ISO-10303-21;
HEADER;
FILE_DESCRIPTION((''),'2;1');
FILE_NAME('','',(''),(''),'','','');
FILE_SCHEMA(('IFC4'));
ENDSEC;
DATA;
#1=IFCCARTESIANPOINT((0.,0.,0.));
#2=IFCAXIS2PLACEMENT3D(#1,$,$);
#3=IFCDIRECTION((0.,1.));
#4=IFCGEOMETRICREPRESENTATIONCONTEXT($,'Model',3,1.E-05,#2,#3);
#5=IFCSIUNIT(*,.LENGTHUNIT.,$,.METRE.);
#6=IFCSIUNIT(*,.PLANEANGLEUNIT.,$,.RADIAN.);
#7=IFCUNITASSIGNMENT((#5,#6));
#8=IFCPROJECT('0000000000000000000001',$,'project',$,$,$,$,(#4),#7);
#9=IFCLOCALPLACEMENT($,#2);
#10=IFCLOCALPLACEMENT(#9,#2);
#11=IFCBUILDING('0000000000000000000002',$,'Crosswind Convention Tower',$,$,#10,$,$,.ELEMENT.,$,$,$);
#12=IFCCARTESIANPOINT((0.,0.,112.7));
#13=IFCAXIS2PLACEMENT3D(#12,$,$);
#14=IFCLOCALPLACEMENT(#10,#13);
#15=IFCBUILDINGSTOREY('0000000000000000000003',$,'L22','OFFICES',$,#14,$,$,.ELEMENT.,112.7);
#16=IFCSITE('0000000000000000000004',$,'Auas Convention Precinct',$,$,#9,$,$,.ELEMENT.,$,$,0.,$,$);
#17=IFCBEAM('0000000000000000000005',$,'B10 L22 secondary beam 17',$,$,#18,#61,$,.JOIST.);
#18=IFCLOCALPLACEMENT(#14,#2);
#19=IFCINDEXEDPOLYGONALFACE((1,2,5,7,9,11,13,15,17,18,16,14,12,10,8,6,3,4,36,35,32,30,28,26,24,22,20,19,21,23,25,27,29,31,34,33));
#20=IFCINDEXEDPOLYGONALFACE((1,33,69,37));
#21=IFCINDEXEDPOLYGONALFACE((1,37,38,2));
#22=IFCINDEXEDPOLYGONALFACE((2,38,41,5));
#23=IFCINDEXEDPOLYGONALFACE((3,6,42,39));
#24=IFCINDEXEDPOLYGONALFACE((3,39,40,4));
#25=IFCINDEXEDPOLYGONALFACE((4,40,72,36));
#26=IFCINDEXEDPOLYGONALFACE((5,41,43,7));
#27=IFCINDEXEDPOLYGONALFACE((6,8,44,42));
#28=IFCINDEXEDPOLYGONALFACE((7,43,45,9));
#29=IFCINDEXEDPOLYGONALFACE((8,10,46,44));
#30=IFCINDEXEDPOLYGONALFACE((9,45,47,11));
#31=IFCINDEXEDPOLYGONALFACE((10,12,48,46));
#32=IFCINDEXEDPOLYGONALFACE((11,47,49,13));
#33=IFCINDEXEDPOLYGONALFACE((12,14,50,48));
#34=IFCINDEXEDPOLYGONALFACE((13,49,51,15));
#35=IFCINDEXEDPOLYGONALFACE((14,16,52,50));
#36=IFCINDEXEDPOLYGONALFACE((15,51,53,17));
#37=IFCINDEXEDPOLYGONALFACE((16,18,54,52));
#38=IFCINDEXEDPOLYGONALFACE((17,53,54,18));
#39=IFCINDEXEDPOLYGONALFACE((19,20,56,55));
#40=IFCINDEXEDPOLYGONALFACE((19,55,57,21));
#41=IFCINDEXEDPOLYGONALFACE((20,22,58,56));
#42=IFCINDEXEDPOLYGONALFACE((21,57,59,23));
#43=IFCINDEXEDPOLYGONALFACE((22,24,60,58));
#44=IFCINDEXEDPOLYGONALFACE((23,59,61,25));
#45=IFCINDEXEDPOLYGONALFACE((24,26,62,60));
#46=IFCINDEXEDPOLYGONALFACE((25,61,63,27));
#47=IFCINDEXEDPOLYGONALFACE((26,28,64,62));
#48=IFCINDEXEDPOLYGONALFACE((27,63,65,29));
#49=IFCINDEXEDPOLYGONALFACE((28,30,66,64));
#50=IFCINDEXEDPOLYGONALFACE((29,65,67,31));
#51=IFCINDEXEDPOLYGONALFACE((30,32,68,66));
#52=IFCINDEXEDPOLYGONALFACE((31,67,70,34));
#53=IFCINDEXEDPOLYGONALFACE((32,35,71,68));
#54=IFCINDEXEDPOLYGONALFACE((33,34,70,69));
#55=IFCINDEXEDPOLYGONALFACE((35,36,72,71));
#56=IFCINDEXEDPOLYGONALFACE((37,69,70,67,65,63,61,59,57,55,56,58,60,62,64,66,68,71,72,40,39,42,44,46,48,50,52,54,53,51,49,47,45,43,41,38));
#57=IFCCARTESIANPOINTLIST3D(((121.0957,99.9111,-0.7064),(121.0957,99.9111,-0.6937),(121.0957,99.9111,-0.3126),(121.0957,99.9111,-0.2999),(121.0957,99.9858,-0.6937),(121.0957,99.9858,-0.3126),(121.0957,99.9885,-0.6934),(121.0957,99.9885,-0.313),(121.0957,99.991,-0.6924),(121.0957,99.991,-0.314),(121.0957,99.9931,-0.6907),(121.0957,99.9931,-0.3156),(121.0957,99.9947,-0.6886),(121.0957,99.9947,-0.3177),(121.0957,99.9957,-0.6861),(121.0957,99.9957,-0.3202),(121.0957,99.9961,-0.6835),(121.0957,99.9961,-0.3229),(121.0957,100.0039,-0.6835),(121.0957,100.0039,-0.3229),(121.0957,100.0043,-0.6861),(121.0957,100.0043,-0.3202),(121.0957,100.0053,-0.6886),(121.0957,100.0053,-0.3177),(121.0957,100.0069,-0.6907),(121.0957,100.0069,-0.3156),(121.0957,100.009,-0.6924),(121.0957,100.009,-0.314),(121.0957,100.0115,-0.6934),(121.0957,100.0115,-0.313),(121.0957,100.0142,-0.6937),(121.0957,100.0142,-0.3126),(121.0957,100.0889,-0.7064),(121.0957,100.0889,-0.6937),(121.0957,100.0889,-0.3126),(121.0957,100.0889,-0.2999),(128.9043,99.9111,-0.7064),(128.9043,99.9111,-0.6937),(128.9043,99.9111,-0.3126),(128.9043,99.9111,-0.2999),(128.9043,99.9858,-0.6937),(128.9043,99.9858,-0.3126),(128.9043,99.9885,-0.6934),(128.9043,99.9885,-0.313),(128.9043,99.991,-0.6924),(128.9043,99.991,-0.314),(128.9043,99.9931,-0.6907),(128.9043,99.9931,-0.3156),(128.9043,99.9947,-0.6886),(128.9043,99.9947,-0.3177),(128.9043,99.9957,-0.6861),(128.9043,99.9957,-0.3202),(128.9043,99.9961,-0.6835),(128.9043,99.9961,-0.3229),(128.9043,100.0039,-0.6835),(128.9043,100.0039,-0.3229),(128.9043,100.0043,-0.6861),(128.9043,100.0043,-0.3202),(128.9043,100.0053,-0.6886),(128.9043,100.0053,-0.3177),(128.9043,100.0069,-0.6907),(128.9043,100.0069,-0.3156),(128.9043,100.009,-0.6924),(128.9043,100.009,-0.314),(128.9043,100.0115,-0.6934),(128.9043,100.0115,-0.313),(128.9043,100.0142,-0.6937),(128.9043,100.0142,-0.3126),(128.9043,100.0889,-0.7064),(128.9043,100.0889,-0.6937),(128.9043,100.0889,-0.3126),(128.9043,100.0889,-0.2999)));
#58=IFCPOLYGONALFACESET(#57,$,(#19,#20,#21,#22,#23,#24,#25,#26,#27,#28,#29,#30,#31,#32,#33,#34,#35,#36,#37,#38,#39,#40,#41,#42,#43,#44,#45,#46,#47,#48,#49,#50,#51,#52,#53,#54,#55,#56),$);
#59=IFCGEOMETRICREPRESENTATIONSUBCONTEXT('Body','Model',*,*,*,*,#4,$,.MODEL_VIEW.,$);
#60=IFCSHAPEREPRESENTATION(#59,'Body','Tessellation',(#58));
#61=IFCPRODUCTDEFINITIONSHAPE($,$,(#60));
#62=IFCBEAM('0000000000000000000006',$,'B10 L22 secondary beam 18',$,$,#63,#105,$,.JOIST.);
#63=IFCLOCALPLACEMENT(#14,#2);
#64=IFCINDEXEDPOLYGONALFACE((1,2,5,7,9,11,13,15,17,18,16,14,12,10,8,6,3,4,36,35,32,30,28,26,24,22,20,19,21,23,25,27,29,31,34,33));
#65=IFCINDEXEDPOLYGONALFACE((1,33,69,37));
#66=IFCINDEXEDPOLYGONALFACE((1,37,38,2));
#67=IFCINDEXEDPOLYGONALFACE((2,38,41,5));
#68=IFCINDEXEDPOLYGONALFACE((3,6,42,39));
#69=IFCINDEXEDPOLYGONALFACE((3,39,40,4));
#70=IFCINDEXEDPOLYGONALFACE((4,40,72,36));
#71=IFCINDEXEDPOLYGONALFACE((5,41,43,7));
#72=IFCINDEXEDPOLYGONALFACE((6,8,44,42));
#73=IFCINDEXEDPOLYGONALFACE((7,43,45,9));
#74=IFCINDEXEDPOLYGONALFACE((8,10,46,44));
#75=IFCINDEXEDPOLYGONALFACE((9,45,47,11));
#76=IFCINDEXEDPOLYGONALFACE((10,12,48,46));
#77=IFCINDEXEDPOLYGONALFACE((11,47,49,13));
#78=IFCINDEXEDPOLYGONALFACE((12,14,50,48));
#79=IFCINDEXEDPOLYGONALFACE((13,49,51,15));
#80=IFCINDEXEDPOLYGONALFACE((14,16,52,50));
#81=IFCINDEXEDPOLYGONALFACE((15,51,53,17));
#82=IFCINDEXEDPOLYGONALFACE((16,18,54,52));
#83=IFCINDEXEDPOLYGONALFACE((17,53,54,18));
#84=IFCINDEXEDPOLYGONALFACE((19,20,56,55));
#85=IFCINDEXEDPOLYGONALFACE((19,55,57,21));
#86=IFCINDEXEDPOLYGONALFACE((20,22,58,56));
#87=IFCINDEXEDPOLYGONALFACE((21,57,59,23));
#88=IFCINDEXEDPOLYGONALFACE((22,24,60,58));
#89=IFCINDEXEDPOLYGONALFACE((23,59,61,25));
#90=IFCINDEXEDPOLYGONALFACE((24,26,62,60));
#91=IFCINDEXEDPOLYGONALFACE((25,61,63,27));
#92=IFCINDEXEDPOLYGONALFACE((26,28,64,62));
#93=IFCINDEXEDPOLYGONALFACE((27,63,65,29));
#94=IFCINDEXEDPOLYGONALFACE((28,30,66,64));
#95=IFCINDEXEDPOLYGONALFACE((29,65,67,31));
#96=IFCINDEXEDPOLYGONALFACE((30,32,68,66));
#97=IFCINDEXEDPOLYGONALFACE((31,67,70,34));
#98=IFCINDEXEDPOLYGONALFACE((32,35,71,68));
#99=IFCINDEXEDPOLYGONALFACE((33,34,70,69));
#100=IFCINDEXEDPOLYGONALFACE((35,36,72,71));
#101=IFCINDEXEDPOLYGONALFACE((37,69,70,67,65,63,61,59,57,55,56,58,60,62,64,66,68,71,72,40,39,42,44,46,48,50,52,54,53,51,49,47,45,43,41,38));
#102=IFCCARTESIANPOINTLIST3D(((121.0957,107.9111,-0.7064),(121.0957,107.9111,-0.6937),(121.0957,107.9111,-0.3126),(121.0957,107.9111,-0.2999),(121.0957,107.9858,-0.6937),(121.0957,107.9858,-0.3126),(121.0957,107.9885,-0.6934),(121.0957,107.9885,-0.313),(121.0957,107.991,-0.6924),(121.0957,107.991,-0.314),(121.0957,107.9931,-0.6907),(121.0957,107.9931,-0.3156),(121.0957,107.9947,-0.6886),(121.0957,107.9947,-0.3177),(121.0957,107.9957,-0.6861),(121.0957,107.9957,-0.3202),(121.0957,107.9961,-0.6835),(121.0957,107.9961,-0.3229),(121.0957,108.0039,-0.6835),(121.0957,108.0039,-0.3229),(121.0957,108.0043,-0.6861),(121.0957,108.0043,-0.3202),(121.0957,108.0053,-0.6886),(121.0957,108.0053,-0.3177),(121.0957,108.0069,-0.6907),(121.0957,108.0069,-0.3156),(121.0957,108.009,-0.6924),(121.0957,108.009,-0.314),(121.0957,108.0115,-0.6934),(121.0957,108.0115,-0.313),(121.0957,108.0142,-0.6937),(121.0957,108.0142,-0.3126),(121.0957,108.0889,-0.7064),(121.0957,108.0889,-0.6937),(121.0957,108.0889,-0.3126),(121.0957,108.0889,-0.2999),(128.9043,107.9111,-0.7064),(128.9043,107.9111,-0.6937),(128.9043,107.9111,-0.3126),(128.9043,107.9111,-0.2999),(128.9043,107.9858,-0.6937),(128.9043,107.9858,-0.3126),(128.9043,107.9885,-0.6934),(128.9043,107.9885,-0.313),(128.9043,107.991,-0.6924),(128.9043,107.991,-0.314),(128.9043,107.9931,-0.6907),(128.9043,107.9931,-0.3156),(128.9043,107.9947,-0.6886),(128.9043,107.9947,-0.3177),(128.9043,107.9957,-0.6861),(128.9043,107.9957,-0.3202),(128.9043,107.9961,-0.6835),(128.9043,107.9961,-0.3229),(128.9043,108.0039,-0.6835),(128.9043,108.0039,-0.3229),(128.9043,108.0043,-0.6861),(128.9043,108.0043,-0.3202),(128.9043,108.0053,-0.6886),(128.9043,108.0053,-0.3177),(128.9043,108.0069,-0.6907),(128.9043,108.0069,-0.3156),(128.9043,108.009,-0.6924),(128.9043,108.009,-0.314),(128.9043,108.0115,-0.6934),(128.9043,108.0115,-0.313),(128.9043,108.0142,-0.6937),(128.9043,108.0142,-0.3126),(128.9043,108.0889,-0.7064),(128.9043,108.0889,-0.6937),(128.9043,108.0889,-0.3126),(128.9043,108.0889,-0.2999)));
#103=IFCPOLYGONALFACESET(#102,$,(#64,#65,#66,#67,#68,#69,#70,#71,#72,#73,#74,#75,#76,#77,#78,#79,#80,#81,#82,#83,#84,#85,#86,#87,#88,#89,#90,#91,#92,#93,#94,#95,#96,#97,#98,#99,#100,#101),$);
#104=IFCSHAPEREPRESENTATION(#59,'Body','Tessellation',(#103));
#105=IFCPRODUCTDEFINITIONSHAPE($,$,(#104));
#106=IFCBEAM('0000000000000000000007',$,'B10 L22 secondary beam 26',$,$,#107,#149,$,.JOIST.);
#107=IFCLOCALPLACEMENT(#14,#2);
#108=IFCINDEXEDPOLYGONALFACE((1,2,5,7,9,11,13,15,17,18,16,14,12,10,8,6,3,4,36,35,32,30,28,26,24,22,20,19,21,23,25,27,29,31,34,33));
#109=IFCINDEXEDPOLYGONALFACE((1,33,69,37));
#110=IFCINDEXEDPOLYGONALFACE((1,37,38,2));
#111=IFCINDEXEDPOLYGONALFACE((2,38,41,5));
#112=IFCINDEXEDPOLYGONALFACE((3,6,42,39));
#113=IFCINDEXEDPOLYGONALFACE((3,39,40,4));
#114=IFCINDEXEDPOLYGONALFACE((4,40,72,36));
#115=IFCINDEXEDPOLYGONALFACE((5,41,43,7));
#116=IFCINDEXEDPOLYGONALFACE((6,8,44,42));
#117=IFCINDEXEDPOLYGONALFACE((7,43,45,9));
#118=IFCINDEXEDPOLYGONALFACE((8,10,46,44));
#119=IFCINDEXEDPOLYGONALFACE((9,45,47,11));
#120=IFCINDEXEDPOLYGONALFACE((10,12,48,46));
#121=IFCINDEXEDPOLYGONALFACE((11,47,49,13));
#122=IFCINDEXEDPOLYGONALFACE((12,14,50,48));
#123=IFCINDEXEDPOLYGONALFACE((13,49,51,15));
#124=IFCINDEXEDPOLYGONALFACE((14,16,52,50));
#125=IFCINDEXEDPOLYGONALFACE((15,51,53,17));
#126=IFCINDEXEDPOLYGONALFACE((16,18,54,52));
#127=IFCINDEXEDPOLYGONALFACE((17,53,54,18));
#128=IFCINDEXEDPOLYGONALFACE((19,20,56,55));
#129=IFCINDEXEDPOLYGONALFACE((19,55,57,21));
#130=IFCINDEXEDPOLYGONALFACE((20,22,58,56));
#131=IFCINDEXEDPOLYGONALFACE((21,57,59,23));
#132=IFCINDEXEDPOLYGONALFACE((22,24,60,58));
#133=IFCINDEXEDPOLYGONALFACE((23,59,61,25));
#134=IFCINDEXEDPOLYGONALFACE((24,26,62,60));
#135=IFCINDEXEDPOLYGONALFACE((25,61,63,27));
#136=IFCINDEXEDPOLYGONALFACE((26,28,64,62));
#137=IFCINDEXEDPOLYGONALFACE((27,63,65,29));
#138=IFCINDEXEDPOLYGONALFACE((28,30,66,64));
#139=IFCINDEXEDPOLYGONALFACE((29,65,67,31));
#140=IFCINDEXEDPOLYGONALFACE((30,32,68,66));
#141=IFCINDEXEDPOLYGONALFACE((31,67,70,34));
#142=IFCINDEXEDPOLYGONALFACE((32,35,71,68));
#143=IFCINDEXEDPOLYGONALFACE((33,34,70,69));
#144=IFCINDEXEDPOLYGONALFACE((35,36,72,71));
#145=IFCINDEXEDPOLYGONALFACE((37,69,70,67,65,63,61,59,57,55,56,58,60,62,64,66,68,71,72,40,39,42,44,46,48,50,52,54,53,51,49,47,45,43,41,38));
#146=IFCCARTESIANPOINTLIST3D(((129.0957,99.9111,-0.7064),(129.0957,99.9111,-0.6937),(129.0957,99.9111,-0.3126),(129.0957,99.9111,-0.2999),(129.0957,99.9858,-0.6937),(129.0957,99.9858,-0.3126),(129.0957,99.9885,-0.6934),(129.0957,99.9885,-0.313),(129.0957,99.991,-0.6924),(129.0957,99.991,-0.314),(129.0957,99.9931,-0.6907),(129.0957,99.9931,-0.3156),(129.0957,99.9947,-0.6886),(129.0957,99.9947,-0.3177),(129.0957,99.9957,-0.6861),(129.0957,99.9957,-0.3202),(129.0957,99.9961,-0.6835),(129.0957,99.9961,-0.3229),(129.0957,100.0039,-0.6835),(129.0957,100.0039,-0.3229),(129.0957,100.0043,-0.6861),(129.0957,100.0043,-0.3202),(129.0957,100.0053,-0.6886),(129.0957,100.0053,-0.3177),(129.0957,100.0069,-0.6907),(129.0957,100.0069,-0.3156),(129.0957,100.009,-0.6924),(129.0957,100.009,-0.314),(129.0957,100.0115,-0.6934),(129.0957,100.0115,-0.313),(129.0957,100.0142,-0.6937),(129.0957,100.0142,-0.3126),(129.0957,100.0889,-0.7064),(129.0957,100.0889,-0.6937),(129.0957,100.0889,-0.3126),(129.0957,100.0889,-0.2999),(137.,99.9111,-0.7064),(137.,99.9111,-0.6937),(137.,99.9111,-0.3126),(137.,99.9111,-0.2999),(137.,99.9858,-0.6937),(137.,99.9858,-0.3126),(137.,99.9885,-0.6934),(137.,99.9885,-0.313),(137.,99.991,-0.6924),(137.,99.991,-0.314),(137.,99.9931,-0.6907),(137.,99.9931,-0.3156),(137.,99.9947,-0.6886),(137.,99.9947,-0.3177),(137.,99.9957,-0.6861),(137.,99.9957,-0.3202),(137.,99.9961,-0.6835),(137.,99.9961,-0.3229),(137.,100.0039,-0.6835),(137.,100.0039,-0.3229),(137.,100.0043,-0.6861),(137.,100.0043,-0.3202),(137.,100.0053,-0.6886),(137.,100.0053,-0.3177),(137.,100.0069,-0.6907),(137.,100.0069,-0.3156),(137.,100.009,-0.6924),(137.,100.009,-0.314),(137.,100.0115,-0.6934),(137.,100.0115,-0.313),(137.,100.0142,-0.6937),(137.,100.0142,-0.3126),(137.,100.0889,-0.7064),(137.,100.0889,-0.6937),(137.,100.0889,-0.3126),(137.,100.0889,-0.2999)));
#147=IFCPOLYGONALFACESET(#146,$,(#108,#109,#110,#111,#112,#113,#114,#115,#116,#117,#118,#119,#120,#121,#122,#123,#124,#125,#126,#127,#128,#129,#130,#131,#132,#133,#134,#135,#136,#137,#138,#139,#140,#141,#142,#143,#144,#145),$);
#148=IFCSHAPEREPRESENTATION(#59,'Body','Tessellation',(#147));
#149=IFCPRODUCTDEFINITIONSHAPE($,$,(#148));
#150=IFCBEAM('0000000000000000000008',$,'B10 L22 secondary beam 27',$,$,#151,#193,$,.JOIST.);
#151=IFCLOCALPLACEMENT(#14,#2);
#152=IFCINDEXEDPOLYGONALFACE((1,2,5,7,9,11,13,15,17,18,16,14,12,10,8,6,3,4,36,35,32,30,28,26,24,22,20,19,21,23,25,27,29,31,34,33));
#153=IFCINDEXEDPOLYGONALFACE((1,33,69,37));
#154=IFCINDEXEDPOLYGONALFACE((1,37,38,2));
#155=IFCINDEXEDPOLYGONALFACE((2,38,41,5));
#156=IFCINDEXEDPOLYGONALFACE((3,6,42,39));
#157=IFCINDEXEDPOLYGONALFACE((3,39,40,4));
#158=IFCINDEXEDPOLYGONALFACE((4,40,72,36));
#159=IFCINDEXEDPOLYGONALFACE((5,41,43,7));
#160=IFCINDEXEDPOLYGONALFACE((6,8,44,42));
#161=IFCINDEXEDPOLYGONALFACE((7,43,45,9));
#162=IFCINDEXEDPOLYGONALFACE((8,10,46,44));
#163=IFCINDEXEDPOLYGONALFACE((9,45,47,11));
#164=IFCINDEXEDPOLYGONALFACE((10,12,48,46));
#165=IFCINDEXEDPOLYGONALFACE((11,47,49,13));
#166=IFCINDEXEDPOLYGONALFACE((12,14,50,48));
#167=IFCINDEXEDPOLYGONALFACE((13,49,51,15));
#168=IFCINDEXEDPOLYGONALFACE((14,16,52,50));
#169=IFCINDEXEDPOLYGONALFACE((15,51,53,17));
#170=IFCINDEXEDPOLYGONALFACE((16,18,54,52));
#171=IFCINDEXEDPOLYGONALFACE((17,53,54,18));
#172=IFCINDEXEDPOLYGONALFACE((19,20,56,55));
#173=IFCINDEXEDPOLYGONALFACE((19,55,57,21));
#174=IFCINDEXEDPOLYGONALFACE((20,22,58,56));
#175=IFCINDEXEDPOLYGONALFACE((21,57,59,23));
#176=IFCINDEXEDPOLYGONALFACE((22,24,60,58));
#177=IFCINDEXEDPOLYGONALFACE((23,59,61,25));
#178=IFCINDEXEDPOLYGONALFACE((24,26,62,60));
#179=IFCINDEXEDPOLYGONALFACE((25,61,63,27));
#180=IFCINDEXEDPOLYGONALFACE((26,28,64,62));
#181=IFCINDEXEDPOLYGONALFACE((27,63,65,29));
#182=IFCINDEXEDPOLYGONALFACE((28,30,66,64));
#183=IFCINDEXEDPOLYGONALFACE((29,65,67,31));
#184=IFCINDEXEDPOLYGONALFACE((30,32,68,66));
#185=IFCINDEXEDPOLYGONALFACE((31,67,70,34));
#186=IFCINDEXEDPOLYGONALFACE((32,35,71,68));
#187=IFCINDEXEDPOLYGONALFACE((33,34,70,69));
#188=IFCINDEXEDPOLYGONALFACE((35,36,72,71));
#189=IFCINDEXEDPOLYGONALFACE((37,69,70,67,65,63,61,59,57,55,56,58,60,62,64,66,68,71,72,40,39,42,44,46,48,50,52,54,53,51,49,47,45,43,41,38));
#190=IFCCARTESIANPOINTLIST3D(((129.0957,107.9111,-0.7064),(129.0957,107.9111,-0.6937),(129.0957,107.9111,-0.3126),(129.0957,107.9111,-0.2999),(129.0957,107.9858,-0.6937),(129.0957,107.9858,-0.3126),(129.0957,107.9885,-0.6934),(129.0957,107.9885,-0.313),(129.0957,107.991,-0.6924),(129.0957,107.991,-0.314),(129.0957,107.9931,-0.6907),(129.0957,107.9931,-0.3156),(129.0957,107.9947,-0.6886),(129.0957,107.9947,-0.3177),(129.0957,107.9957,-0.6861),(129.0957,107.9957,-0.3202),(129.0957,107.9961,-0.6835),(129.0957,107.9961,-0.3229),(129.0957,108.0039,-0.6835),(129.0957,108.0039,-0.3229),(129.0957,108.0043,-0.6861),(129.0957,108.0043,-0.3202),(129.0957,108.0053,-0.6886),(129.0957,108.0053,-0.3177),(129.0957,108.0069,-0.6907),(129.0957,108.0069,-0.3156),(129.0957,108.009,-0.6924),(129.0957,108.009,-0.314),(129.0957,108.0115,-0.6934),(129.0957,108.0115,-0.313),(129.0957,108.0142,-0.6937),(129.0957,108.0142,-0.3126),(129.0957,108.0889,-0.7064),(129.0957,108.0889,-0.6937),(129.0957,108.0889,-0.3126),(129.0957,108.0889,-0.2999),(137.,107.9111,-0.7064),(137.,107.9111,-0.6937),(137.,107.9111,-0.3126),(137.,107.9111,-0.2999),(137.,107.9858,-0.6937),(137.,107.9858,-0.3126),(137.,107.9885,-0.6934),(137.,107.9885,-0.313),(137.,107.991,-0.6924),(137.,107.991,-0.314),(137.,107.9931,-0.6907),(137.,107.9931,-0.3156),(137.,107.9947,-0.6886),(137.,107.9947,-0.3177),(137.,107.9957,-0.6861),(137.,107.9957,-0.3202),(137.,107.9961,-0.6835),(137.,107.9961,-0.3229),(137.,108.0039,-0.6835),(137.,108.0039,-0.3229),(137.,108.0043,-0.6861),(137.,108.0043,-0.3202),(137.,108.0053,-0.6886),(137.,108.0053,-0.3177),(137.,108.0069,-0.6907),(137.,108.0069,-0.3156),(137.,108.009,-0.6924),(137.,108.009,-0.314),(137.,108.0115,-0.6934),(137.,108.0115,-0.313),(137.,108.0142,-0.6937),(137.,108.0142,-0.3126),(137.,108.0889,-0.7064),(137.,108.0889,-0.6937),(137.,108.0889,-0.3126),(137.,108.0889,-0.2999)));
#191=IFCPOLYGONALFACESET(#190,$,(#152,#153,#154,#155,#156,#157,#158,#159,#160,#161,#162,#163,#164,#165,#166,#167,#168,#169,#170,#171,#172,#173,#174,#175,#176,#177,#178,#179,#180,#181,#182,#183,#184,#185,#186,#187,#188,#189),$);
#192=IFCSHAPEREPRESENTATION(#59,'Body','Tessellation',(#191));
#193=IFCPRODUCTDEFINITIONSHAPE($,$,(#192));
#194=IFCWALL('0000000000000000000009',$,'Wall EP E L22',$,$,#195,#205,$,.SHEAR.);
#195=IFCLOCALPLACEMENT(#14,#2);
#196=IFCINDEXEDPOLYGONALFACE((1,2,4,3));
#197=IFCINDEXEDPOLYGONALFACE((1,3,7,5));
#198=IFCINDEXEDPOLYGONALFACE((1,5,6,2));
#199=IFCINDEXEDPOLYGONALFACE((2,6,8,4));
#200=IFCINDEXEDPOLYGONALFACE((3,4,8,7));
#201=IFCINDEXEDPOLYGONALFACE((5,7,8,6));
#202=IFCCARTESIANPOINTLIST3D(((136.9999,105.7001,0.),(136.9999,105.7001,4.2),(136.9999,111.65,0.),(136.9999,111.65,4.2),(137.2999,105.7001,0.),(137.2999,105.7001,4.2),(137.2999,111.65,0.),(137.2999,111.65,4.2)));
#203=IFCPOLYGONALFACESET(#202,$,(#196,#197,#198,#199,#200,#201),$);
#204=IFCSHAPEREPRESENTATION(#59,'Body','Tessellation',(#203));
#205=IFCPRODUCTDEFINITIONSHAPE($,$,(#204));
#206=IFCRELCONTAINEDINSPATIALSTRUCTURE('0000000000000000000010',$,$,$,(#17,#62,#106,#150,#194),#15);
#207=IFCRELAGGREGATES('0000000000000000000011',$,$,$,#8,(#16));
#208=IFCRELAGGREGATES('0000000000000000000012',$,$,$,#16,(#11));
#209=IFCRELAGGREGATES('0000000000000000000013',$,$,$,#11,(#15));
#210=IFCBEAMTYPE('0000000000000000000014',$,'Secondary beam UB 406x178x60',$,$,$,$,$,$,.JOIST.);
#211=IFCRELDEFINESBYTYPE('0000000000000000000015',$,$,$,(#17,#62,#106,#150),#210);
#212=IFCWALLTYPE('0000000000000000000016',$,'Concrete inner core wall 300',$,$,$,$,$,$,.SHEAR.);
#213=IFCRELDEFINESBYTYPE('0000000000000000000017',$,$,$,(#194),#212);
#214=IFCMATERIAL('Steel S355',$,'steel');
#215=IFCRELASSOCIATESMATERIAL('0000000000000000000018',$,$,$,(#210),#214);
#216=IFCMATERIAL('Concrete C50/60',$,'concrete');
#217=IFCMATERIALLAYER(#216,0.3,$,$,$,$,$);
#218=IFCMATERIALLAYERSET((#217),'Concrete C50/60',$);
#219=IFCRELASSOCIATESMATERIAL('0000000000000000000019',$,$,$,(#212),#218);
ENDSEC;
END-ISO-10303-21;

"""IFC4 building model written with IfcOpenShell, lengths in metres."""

from ifc_helpers import new_model, si_unit, direction, frame, frame_2d, origin, origin_2d, place, context, subcontext, project, spatial, rectangle, i_section, extrude, material, layer, layer_set, material_profile, profile_set, type_object, element, save


model = new_model("IFC4")

# Units and contexts
model_context = context("Model", 3, precision=1e-05, world=origin(), true_north=direction((0.0, 1.0)))
body_context = subcontext(model_context, "Body", "Model", "MODEL_VIEW")
ifc_project = project(units=[si_unit("LENGTHUNIT", "METRE"), si_unit("PLANEANGLEUNIT", "RADIAN")], contexts=[model_context])

# Site, building, storey
site_placement = place(None, origin())
site = spatial("IfcSite", under=ifc_project, at=site_placement, Name="Auas Convention Precinct", CompositionType="ELEMENT", RefElevation=0.0)
building_placement = place(site_placement, origin())
building = spatial("IfcBuilding", under=site, at=building_placement, Name="Crosswind Convention Tower", CompositionType="ELEMENT")
storey_placement = place(building_placement, frame((0.0, 0.0, 112.7)))
storey = spatial("IfcBuildingStorey", under=building, at=storey_placement, Name="L22", Description="OFFICES", CompositionType="ELEMENT", Elevation=112.7)

# Beams
ifc_material_1 = material(Name="Steel S355", Category="steel")
ifc_material_profile_1 = material_profile(ifc_material_1, i_section(OverallWidth=0.1777, OverallDepth=0.4065, WebThickness=0.0078, FlangeThickness=0.0127, FilletRadius=0.0103, at=origin_2d()), Name="UB 406x178x60")
ifc_profile_set_1 = profile_set([ifc_material_profile_1], Name="Steel S355")
beam_type_1 = type_object("IfcBeamType", Name="Secondary beam UB 406x178x60", PredefinedType="JOIST", material=ifc_profile_set_1)
for number, where, z_axis, x_axis, name in (
    (1, (121.0957, 100.0, -0.5032), (1.0, 0.0, 0.0), (0.0, 1.0, 0.0), "B10 L22 secondary beam 17"),
    (2, (121.0957, 108.0, -0.5032), (1.0, 0.0, 0.0), (0.0, 1.0, 0.0), "B10 L22 secondary beam 18"),
):
    element("IfcBeam", number, at=place(storey_placement, frame(where, z_axis=z_axis, x_axis=x_axis)), inside=storey, type_object=beam_type_1, Name=name, PredefinedType="JOIST", context=body_context, shape_type="SweptSolid", body=[
        extrude(i_section(OverallWidth=0.1777, OverallDepth=0.4065, WebThickness=0.0078, FlangeThickness=0.0127, FilletRadius=0.0103, at=origin_2d()), origin(), (0.0, 0.0, 1.0), 7.8086),
    ])
for number, where, z_axis, x_axis, name in (
    (3, (129.0957, 100.0, -0.5032), (1.0, 0.0, 0.0), (0.0, 1.0, 0.0), "B10 L22 secondary beam 26"),
    (4, (129.0957, 108.0, -0.5032), (1.0, 0.0, 0.0), (0.0, 1.0, 0.0), "B10 L22 secondary beam 27"),
):
    element("IfcBeam", number, at=place(storey_placement, frame(where, z_axis=z_axis, x_axis=x_axis)), inside=storey, type_object=beam_type_1, Name=name, PredefinedType="JOIST", context=body_context, shape_type="SweptSolid", body=[
        extrude(i_section(OverallWidth=0.1777, OverallDepth=0.4065, WebThickness=0.0078, FlangeThickness=0.0127, FilletRadius=0.0103, at=origin_2d()), origin(), (0.0, 0.0, 1.0), 7.9043),
    ])

# Wall
ifc_material_2 = material(Name="Concrete C50/60", Category="concrete")
ifc_layer_1 = layer(ifc_material_2, 0.3)
ifc_layer_set_1 = layer_set([ifc_layer_1], Name="Concrete C50/60")
wall_type_1 = type_object("IfcWallType", Name="Concrete inner core wall 300", PredefinedType="SHEAR", material=ifc_layer_set_1)
wall_1_placement = place(storey_placement, frame((137.1499, 105.7, 0.0), z_axis=(0.0, 0.0, 1.0), x_axis=(0.0, 1.0, 0.0)))
element("IfcWall", 5, at=wall_1_placement, inside=storey, type_object=wall_type_1, Name="Wall EP E L22", PredefinedType="SHEAR", context=body_context, shape_type="SweptSolid", body=[
    extrude(rectangle(XDim=5.95, YDim=0.3, at=frame_2d((2.9751, 0.0))), origin(), (0.0, 0.0, 1.0), 4.2),
])

save(model, "model.ifc")
